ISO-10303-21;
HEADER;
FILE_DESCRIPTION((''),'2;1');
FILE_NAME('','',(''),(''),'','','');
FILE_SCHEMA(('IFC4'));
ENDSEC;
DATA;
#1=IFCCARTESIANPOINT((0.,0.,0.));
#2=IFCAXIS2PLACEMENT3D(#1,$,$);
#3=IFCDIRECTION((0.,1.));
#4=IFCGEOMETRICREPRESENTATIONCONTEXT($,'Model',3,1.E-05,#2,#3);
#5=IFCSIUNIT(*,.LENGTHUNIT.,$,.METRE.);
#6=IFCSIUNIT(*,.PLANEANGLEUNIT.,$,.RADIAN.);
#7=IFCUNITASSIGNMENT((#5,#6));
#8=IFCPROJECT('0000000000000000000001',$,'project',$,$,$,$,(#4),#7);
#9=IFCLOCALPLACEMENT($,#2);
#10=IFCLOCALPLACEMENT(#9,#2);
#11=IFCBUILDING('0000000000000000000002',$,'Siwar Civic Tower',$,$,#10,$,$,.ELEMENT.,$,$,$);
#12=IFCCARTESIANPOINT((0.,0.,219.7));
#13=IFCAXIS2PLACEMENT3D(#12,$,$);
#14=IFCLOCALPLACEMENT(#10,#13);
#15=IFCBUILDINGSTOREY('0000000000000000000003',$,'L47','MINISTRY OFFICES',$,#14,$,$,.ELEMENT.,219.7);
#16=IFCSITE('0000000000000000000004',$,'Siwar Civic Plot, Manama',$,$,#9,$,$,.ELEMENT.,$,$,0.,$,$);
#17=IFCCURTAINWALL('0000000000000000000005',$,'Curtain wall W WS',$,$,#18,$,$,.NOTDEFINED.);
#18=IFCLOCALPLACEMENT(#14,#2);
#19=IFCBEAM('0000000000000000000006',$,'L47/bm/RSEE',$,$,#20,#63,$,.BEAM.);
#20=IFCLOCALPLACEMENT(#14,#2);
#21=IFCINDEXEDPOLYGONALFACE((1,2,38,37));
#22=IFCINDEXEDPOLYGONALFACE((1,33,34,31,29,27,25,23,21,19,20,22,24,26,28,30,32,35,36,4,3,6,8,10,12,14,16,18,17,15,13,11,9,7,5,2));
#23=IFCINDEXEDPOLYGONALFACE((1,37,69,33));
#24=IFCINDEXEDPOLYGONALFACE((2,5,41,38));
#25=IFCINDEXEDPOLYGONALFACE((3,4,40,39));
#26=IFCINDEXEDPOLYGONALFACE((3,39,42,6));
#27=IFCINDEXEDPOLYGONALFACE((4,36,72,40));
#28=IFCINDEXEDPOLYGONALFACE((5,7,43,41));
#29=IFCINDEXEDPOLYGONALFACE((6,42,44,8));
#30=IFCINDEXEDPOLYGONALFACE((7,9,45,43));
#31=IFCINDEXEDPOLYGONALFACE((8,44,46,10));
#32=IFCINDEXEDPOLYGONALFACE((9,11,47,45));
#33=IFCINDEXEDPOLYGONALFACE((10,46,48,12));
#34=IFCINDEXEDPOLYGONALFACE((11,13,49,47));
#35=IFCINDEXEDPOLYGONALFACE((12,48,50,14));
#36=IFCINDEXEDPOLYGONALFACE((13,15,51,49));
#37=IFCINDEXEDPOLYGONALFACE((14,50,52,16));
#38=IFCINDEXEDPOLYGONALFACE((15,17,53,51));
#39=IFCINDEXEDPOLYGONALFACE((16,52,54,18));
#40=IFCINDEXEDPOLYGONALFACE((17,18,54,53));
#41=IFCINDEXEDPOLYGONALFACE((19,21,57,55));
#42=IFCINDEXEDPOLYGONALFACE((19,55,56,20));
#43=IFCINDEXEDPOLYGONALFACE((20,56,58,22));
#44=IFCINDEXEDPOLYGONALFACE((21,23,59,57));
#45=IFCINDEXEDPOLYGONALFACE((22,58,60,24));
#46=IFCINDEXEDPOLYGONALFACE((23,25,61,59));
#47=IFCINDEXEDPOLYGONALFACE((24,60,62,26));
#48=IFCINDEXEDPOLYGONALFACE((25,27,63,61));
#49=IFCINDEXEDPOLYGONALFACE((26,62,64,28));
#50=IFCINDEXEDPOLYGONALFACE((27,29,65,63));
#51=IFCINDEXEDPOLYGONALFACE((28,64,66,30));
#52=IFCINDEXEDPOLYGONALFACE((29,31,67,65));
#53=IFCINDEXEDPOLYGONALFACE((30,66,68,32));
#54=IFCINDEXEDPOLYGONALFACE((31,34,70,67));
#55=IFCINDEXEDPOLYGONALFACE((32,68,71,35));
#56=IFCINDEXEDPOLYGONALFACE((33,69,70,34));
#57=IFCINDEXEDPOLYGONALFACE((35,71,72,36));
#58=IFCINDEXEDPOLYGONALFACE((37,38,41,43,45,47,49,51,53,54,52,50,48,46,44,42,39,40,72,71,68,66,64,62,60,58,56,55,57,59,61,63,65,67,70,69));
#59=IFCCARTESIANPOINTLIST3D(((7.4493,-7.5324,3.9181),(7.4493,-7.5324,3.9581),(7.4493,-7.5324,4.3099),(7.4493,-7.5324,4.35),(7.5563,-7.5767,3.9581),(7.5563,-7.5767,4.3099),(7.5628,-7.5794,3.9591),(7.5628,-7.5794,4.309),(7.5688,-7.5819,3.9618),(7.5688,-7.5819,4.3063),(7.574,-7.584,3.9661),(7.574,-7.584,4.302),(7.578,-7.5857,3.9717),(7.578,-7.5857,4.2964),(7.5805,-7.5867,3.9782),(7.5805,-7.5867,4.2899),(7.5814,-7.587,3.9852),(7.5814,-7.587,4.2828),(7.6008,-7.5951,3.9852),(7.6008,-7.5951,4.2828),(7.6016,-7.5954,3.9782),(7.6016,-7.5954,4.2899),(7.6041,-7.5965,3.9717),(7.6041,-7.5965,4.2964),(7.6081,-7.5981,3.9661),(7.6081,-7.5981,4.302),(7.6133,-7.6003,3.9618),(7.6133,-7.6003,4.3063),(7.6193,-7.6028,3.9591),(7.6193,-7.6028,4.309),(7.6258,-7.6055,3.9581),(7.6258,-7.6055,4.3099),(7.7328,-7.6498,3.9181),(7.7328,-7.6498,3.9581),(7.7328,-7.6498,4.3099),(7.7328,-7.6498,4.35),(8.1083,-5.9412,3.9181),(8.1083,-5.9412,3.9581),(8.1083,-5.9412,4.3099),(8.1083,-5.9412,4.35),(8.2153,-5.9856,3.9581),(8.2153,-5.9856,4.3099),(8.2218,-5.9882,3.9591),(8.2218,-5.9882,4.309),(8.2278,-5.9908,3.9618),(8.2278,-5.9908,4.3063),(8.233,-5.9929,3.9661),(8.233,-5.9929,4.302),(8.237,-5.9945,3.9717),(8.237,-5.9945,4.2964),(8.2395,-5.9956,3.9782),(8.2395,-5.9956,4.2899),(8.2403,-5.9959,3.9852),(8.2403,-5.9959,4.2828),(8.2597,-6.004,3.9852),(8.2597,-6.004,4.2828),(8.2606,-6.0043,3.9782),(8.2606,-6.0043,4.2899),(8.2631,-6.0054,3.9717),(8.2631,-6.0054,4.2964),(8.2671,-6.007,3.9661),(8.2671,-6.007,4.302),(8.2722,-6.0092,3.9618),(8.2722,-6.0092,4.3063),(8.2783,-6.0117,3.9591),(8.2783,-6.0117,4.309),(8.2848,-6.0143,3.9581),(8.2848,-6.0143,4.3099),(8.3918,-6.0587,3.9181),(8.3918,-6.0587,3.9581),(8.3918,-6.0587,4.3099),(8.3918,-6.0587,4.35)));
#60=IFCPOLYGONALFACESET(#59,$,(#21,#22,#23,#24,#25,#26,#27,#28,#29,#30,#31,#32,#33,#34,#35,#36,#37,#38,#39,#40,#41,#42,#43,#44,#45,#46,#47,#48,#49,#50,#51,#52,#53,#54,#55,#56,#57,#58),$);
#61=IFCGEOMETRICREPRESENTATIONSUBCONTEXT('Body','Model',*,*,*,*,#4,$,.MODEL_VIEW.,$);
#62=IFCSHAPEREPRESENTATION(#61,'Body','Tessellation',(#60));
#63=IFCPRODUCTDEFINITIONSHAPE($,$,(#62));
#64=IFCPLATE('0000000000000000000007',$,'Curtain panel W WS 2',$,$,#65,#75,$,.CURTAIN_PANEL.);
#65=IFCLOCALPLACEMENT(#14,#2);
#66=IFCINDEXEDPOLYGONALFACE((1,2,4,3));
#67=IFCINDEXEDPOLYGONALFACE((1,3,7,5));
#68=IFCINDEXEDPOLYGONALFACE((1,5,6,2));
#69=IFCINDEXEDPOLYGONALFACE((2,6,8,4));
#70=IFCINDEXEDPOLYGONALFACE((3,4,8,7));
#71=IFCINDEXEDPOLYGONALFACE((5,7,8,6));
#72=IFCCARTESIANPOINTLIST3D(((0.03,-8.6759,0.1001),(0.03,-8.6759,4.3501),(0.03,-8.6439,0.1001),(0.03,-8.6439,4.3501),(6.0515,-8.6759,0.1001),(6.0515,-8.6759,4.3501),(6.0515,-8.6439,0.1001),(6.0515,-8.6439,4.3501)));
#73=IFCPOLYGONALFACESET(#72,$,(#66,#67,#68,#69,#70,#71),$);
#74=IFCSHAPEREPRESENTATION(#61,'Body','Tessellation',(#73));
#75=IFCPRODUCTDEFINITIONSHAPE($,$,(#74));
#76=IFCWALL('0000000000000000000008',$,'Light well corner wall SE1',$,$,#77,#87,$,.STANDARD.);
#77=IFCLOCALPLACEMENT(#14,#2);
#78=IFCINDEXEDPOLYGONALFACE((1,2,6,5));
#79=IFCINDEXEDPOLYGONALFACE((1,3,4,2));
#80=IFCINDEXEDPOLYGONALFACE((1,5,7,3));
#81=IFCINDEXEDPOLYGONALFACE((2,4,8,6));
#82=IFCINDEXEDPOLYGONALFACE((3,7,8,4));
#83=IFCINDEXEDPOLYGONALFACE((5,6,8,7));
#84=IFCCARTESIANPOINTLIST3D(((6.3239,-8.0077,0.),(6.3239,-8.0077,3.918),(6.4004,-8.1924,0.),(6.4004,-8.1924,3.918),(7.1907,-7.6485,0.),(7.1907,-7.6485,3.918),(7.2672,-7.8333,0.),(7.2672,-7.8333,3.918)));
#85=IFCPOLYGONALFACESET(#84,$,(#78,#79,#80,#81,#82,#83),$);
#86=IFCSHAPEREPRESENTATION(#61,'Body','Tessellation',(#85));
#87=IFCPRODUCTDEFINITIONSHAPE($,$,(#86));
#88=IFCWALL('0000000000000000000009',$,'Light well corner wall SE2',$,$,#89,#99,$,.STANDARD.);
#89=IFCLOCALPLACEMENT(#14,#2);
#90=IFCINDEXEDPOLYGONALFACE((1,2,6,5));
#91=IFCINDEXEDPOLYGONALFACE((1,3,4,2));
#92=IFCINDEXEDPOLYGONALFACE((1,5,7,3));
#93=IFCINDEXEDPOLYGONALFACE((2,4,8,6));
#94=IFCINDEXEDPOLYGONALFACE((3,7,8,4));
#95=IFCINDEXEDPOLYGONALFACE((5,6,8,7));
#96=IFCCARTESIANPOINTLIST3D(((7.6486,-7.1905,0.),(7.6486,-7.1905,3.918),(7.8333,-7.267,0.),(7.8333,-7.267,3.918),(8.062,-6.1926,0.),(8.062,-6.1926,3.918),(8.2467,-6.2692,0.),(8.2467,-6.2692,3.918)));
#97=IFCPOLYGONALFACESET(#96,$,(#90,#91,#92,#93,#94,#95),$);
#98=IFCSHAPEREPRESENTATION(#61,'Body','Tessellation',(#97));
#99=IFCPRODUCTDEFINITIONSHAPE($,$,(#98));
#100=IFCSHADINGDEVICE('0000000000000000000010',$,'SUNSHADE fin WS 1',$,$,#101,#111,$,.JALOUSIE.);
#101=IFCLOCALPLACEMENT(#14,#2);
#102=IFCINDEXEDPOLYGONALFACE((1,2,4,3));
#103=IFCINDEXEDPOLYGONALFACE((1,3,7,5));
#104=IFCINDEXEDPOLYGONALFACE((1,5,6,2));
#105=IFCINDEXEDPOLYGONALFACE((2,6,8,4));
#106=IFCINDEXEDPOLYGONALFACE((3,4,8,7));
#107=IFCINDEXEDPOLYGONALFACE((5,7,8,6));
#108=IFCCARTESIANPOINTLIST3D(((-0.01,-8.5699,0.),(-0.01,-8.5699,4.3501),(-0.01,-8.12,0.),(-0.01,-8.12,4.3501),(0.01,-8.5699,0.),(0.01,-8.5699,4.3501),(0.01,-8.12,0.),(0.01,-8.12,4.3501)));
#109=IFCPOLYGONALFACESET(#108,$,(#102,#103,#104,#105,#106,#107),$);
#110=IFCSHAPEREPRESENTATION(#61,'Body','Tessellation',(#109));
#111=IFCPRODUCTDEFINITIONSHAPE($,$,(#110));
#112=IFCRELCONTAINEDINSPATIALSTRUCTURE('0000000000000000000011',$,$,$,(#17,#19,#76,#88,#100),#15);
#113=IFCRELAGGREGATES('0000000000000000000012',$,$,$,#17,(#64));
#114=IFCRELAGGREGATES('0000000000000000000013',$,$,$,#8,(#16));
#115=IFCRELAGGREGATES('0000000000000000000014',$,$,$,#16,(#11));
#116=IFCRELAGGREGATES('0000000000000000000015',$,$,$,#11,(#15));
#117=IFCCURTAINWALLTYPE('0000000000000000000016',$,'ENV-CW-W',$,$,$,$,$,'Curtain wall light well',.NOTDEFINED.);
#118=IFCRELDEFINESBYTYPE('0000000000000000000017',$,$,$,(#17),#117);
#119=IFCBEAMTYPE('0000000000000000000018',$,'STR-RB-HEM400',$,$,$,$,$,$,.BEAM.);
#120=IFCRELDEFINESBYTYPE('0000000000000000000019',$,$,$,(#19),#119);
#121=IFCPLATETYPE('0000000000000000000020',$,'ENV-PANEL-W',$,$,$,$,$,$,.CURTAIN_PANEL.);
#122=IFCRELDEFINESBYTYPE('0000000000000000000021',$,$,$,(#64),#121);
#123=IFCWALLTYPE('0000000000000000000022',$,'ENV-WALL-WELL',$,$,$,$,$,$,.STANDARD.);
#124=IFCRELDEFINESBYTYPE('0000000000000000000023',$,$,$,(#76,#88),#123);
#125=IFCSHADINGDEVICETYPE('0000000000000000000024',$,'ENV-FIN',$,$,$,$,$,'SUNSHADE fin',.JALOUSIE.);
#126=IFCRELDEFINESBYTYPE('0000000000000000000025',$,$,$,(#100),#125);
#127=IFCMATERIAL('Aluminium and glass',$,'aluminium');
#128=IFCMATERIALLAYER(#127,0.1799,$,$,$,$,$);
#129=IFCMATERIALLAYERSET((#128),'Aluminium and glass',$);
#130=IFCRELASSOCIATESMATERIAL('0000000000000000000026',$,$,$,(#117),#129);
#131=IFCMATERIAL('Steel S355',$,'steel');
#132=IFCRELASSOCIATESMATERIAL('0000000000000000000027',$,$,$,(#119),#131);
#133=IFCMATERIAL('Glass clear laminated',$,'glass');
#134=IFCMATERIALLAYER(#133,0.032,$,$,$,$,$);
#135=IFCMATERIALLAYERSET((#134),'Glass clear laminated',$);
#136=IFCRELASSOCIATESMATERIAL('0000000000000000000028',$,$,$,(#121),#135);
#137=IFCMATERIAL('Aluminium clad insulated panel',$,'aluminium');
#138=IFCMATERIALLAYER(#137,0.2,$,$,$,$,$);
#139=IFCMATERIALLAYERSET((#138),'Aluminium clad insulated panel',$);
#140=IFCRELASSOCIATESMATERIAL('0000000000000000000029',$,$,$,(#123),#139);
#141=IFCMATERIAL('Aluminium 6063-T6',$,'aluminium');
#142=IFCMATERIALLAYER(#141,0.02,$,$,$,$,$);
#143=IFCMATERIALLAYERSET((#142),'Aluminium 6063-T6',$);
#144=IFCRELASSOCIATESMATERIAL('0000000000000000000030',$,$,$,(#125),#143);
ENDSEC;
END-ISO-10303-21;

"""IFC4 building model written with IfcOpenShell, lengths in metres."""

from ifc_helpers import new_model, si_unit, direction, frame, frame_2d, origin, origin_2d, place, context, subcontext, project, spatial, rectangle, i_section, extrude, material, layer, layer_set, material_profile, profile_set, type_object, element, aggregate, save


model = new_model("IFC4")

# Units and contexts
model_context = context("Model", 3, precision=1e-05, world=origin(), true_north=direction((0.0, 1.0)))
body_context = subcontext(model_context, "Body", "Model", "MODEL_VIEW")
ifc_project = project(units=[si_unit("LENGTHUNIT", "METRE"), si_unit("PLANEANGLEUNIT", "RADIAN")], contexts=[model_context])

# Site, building, storey
site_placement = place(None, origin())
site = spatial("IfcSite", under=ifc_project, at=site_placement, Name="Siwar Civic Plot, Manama", CompositionType="ELEMENT", RefElevation=0.0)
building_placement = place(site_placement, origin())
building = spatial("IfcBuilding", under=site, at=building_placement, Name="Siwar Civic Tower", CompositionType="ELEMENT")
storey_placement = place(building_placement, frame((0.0, 0.0, 219.7)))
storey = spatial("IfcBuildingStorey", under=building, at=storey_placement, Name="L47", Description="MINISTRY OFFICES", CompositionType="ELEMENT", Elevation=219.7)

# Curtain wall
ifc_material_1 = material(Name="Aluminium and glass", Category="aluminium")
ifc_layer_1 = layer(ifc_material_1, 0.1799)
ifc_layer_set_1 = layer_set([ifc_layer_1], Name="Aluminium and glass")
curtain_wall_type = type_object("IfcCurtainWallType", Name="ENV-CW-W", ElementType="Curtain wall light well", PredefinedType="NOTDEFINED", material=ifc_layer_set_1)
curtain_wall_placement = place(storey_placement, origin())
curtain_wall = element("IfcCurtainWall", 1, at=curtain_wall_placement, inside=storey, type_object=curtain_wall_type, Name="Curtain wall W WS", PredefinedType="NOTDEFINED")

# Beam
ifc_material_2 = material(Name="Steel S355", Category="steel")
ifc_material_profile_1 = material_profile(ifc_material_2, i_section(OverallWidth=0.3069, OverallDepth=0.4319, WebThickness=0.021, FlangeThickness=0.04, FilletRadius=0.0271, at=origin_2d()), Name="HEM400")
ifc_profile_set_1 = profile_set([ifc_material_profile_1], Name="Steel S355")
beam_type_1 = type_object("IfcBeamType", Name="STR-RB-HEM400", PredefinedType="BEAM", material=ifc_profile_set_1)
for number, where, z_axis, x_axis, name in (
    (2, (7.5911, -7.5911, 4.134), (0.382631, 0.923901, 0.0), (-0.923901, 0.382631, 0.0), "L47/bm/RSEE"),
):
    element("IfcBeam", number, at=place(storey_placement, frame(where, z_axis=z_axis, x_axis=x_axis)), inside=storey, type_object=beam_type_1, Name=name, PredefinedType="BEAM", context=body_context, shape_type="SweptSolid", body=[
        extrude(i_section(OverallWidth=0.3069, OverallDepth=0.4319, WebThickness=0.021, FlangeThickness=0.04, FilletRadius=0.0271, at=origin_2d()), origin(), (0.0, 0.0, 1.0), 1.7222),
    ])

# Plate
ifc_material_3 = material(Name="Glass clear laminated", Category="glass")
ifc_layer_2 = layer(ifc_material_3, 0.032)
ifc_layer_set_2 = layer_set([ifc_layer_2], Name="Glass clear laminated")
plate_type = type_object("IfcPlateType", Name="ENV-PANEL-W", PredefinedType="CURTAIN_PANEL", material=ifc_layer_set_2)
plate_placement = place(storey_placement, frame((3.0408, -8.6599, 0.1001), z_axis=(0.0, 0.0, 1.0), x_axis=(1.0, 0.0, 0.0)))
plate = element("IfcPlate", 3, at=plate_placement, type_object=plate_type, Name="Curtain panel W WS 2", PredefinedType="CURTAIN_PANEL", context=body_context, shape_type="SweptSolid", body=[
    extrude(rectangle(XDim=6.0215, YDim=0.032, at=origin_2d()), origin(), (0.0, 0.0, 1.0), 4.25),
])
aggregate(curtain_wall, [plate])

# Walls
ifc_material_4 = material(Name="Aluminium clad insulated panel", Category="aluminium")
ifc_layer_3 = layer(ifc_material_4, 0.2)
ifc_layer_set_3 = layer_set([ifc_layer_3], Name="Aluminium clad insulated panel")
wall_type = type_object("IfcWallType", Name="ENV-WALL-WELL", PredefinedType="STANDARD", material=ifc_layer_set_3)
wall_1_placement = place(storey_placement, frame((6.3621, -8.1001, 0.0), z_axis=(0.0, 0.0, 1.0), x_axis=(0.92383, 0.382804, 0.0)))
element("IfcWall", 4, at=wall_1_placement, inside=storey, type_object=wall_type, Name="Light well corner wall SE1", PredefinedType="STANDARD", context=body_context, shape_type="SweptSolid", body=[
    extrude(rectangle(XDim=0.9382, YDim=0.2, at=frame_2d((0.4692, 0.0))), origin(), (0.0, 0.0, 1.0), 3.918),
])
wall_2_placement = place(storey_placement, frame((7.741, -7.2288, 0.0), z_axis=(0.0, 0.0, 1.0), x_axis=(0.382704, 0.923871, 0.0)))
element("IfcWall", 5, at=wall_2_placement, inside=storey, type_object=wall_type, Name="Light well corner wall SE2", PredefinedType="STANDARD", context=body_context, shape_type="SweptSolid", body=[
    extrude(rectangle(XDim=1.0801, YDim=0.2, at=frame_2d((0.54, 0.0))), origin(), (0.0, 0.0, 1.0), 3.918),
])

# Shading device
ifc_material_5 = material(Name="Aluminium 6063-T6", Category="aluminium")
ifc_layer_4 = layer(ifc_material_5, 0.02)
ifc_layer_set_4 = layer_set([ifc_layer_4], Name="Aluminium 6063-T6")
shading_device_type = type_object("IfcShadingDeviceType", Name="ENV-FIN", ElementType="SUNSHADE fin", PredefinedType="JALOUSIE", material=ifc_layer_set_4)
shading_device_placement = place(storey_placement, frame((0.0, -8.345, 0.0), z_axis=(0.0, 0.0, 1.0), x_axis=(1.0, 0.0, 0.0)))
element("IfcShadingDevice", 6, at=shading_device_placement, inside=storey, type_object=shading_device_type, Name="SUNSHADE fin WS 1", PredefinedType="JALOUSIE", context=body_context, shape_type="SweptSolid", body=[
    extrude(rectangle(XDim=0.02, YDim=0.45, at=origin_2d()), origin(), (0.0, 0.0, 1.0), 4.3501),
])

save(model, "model.ifc")
